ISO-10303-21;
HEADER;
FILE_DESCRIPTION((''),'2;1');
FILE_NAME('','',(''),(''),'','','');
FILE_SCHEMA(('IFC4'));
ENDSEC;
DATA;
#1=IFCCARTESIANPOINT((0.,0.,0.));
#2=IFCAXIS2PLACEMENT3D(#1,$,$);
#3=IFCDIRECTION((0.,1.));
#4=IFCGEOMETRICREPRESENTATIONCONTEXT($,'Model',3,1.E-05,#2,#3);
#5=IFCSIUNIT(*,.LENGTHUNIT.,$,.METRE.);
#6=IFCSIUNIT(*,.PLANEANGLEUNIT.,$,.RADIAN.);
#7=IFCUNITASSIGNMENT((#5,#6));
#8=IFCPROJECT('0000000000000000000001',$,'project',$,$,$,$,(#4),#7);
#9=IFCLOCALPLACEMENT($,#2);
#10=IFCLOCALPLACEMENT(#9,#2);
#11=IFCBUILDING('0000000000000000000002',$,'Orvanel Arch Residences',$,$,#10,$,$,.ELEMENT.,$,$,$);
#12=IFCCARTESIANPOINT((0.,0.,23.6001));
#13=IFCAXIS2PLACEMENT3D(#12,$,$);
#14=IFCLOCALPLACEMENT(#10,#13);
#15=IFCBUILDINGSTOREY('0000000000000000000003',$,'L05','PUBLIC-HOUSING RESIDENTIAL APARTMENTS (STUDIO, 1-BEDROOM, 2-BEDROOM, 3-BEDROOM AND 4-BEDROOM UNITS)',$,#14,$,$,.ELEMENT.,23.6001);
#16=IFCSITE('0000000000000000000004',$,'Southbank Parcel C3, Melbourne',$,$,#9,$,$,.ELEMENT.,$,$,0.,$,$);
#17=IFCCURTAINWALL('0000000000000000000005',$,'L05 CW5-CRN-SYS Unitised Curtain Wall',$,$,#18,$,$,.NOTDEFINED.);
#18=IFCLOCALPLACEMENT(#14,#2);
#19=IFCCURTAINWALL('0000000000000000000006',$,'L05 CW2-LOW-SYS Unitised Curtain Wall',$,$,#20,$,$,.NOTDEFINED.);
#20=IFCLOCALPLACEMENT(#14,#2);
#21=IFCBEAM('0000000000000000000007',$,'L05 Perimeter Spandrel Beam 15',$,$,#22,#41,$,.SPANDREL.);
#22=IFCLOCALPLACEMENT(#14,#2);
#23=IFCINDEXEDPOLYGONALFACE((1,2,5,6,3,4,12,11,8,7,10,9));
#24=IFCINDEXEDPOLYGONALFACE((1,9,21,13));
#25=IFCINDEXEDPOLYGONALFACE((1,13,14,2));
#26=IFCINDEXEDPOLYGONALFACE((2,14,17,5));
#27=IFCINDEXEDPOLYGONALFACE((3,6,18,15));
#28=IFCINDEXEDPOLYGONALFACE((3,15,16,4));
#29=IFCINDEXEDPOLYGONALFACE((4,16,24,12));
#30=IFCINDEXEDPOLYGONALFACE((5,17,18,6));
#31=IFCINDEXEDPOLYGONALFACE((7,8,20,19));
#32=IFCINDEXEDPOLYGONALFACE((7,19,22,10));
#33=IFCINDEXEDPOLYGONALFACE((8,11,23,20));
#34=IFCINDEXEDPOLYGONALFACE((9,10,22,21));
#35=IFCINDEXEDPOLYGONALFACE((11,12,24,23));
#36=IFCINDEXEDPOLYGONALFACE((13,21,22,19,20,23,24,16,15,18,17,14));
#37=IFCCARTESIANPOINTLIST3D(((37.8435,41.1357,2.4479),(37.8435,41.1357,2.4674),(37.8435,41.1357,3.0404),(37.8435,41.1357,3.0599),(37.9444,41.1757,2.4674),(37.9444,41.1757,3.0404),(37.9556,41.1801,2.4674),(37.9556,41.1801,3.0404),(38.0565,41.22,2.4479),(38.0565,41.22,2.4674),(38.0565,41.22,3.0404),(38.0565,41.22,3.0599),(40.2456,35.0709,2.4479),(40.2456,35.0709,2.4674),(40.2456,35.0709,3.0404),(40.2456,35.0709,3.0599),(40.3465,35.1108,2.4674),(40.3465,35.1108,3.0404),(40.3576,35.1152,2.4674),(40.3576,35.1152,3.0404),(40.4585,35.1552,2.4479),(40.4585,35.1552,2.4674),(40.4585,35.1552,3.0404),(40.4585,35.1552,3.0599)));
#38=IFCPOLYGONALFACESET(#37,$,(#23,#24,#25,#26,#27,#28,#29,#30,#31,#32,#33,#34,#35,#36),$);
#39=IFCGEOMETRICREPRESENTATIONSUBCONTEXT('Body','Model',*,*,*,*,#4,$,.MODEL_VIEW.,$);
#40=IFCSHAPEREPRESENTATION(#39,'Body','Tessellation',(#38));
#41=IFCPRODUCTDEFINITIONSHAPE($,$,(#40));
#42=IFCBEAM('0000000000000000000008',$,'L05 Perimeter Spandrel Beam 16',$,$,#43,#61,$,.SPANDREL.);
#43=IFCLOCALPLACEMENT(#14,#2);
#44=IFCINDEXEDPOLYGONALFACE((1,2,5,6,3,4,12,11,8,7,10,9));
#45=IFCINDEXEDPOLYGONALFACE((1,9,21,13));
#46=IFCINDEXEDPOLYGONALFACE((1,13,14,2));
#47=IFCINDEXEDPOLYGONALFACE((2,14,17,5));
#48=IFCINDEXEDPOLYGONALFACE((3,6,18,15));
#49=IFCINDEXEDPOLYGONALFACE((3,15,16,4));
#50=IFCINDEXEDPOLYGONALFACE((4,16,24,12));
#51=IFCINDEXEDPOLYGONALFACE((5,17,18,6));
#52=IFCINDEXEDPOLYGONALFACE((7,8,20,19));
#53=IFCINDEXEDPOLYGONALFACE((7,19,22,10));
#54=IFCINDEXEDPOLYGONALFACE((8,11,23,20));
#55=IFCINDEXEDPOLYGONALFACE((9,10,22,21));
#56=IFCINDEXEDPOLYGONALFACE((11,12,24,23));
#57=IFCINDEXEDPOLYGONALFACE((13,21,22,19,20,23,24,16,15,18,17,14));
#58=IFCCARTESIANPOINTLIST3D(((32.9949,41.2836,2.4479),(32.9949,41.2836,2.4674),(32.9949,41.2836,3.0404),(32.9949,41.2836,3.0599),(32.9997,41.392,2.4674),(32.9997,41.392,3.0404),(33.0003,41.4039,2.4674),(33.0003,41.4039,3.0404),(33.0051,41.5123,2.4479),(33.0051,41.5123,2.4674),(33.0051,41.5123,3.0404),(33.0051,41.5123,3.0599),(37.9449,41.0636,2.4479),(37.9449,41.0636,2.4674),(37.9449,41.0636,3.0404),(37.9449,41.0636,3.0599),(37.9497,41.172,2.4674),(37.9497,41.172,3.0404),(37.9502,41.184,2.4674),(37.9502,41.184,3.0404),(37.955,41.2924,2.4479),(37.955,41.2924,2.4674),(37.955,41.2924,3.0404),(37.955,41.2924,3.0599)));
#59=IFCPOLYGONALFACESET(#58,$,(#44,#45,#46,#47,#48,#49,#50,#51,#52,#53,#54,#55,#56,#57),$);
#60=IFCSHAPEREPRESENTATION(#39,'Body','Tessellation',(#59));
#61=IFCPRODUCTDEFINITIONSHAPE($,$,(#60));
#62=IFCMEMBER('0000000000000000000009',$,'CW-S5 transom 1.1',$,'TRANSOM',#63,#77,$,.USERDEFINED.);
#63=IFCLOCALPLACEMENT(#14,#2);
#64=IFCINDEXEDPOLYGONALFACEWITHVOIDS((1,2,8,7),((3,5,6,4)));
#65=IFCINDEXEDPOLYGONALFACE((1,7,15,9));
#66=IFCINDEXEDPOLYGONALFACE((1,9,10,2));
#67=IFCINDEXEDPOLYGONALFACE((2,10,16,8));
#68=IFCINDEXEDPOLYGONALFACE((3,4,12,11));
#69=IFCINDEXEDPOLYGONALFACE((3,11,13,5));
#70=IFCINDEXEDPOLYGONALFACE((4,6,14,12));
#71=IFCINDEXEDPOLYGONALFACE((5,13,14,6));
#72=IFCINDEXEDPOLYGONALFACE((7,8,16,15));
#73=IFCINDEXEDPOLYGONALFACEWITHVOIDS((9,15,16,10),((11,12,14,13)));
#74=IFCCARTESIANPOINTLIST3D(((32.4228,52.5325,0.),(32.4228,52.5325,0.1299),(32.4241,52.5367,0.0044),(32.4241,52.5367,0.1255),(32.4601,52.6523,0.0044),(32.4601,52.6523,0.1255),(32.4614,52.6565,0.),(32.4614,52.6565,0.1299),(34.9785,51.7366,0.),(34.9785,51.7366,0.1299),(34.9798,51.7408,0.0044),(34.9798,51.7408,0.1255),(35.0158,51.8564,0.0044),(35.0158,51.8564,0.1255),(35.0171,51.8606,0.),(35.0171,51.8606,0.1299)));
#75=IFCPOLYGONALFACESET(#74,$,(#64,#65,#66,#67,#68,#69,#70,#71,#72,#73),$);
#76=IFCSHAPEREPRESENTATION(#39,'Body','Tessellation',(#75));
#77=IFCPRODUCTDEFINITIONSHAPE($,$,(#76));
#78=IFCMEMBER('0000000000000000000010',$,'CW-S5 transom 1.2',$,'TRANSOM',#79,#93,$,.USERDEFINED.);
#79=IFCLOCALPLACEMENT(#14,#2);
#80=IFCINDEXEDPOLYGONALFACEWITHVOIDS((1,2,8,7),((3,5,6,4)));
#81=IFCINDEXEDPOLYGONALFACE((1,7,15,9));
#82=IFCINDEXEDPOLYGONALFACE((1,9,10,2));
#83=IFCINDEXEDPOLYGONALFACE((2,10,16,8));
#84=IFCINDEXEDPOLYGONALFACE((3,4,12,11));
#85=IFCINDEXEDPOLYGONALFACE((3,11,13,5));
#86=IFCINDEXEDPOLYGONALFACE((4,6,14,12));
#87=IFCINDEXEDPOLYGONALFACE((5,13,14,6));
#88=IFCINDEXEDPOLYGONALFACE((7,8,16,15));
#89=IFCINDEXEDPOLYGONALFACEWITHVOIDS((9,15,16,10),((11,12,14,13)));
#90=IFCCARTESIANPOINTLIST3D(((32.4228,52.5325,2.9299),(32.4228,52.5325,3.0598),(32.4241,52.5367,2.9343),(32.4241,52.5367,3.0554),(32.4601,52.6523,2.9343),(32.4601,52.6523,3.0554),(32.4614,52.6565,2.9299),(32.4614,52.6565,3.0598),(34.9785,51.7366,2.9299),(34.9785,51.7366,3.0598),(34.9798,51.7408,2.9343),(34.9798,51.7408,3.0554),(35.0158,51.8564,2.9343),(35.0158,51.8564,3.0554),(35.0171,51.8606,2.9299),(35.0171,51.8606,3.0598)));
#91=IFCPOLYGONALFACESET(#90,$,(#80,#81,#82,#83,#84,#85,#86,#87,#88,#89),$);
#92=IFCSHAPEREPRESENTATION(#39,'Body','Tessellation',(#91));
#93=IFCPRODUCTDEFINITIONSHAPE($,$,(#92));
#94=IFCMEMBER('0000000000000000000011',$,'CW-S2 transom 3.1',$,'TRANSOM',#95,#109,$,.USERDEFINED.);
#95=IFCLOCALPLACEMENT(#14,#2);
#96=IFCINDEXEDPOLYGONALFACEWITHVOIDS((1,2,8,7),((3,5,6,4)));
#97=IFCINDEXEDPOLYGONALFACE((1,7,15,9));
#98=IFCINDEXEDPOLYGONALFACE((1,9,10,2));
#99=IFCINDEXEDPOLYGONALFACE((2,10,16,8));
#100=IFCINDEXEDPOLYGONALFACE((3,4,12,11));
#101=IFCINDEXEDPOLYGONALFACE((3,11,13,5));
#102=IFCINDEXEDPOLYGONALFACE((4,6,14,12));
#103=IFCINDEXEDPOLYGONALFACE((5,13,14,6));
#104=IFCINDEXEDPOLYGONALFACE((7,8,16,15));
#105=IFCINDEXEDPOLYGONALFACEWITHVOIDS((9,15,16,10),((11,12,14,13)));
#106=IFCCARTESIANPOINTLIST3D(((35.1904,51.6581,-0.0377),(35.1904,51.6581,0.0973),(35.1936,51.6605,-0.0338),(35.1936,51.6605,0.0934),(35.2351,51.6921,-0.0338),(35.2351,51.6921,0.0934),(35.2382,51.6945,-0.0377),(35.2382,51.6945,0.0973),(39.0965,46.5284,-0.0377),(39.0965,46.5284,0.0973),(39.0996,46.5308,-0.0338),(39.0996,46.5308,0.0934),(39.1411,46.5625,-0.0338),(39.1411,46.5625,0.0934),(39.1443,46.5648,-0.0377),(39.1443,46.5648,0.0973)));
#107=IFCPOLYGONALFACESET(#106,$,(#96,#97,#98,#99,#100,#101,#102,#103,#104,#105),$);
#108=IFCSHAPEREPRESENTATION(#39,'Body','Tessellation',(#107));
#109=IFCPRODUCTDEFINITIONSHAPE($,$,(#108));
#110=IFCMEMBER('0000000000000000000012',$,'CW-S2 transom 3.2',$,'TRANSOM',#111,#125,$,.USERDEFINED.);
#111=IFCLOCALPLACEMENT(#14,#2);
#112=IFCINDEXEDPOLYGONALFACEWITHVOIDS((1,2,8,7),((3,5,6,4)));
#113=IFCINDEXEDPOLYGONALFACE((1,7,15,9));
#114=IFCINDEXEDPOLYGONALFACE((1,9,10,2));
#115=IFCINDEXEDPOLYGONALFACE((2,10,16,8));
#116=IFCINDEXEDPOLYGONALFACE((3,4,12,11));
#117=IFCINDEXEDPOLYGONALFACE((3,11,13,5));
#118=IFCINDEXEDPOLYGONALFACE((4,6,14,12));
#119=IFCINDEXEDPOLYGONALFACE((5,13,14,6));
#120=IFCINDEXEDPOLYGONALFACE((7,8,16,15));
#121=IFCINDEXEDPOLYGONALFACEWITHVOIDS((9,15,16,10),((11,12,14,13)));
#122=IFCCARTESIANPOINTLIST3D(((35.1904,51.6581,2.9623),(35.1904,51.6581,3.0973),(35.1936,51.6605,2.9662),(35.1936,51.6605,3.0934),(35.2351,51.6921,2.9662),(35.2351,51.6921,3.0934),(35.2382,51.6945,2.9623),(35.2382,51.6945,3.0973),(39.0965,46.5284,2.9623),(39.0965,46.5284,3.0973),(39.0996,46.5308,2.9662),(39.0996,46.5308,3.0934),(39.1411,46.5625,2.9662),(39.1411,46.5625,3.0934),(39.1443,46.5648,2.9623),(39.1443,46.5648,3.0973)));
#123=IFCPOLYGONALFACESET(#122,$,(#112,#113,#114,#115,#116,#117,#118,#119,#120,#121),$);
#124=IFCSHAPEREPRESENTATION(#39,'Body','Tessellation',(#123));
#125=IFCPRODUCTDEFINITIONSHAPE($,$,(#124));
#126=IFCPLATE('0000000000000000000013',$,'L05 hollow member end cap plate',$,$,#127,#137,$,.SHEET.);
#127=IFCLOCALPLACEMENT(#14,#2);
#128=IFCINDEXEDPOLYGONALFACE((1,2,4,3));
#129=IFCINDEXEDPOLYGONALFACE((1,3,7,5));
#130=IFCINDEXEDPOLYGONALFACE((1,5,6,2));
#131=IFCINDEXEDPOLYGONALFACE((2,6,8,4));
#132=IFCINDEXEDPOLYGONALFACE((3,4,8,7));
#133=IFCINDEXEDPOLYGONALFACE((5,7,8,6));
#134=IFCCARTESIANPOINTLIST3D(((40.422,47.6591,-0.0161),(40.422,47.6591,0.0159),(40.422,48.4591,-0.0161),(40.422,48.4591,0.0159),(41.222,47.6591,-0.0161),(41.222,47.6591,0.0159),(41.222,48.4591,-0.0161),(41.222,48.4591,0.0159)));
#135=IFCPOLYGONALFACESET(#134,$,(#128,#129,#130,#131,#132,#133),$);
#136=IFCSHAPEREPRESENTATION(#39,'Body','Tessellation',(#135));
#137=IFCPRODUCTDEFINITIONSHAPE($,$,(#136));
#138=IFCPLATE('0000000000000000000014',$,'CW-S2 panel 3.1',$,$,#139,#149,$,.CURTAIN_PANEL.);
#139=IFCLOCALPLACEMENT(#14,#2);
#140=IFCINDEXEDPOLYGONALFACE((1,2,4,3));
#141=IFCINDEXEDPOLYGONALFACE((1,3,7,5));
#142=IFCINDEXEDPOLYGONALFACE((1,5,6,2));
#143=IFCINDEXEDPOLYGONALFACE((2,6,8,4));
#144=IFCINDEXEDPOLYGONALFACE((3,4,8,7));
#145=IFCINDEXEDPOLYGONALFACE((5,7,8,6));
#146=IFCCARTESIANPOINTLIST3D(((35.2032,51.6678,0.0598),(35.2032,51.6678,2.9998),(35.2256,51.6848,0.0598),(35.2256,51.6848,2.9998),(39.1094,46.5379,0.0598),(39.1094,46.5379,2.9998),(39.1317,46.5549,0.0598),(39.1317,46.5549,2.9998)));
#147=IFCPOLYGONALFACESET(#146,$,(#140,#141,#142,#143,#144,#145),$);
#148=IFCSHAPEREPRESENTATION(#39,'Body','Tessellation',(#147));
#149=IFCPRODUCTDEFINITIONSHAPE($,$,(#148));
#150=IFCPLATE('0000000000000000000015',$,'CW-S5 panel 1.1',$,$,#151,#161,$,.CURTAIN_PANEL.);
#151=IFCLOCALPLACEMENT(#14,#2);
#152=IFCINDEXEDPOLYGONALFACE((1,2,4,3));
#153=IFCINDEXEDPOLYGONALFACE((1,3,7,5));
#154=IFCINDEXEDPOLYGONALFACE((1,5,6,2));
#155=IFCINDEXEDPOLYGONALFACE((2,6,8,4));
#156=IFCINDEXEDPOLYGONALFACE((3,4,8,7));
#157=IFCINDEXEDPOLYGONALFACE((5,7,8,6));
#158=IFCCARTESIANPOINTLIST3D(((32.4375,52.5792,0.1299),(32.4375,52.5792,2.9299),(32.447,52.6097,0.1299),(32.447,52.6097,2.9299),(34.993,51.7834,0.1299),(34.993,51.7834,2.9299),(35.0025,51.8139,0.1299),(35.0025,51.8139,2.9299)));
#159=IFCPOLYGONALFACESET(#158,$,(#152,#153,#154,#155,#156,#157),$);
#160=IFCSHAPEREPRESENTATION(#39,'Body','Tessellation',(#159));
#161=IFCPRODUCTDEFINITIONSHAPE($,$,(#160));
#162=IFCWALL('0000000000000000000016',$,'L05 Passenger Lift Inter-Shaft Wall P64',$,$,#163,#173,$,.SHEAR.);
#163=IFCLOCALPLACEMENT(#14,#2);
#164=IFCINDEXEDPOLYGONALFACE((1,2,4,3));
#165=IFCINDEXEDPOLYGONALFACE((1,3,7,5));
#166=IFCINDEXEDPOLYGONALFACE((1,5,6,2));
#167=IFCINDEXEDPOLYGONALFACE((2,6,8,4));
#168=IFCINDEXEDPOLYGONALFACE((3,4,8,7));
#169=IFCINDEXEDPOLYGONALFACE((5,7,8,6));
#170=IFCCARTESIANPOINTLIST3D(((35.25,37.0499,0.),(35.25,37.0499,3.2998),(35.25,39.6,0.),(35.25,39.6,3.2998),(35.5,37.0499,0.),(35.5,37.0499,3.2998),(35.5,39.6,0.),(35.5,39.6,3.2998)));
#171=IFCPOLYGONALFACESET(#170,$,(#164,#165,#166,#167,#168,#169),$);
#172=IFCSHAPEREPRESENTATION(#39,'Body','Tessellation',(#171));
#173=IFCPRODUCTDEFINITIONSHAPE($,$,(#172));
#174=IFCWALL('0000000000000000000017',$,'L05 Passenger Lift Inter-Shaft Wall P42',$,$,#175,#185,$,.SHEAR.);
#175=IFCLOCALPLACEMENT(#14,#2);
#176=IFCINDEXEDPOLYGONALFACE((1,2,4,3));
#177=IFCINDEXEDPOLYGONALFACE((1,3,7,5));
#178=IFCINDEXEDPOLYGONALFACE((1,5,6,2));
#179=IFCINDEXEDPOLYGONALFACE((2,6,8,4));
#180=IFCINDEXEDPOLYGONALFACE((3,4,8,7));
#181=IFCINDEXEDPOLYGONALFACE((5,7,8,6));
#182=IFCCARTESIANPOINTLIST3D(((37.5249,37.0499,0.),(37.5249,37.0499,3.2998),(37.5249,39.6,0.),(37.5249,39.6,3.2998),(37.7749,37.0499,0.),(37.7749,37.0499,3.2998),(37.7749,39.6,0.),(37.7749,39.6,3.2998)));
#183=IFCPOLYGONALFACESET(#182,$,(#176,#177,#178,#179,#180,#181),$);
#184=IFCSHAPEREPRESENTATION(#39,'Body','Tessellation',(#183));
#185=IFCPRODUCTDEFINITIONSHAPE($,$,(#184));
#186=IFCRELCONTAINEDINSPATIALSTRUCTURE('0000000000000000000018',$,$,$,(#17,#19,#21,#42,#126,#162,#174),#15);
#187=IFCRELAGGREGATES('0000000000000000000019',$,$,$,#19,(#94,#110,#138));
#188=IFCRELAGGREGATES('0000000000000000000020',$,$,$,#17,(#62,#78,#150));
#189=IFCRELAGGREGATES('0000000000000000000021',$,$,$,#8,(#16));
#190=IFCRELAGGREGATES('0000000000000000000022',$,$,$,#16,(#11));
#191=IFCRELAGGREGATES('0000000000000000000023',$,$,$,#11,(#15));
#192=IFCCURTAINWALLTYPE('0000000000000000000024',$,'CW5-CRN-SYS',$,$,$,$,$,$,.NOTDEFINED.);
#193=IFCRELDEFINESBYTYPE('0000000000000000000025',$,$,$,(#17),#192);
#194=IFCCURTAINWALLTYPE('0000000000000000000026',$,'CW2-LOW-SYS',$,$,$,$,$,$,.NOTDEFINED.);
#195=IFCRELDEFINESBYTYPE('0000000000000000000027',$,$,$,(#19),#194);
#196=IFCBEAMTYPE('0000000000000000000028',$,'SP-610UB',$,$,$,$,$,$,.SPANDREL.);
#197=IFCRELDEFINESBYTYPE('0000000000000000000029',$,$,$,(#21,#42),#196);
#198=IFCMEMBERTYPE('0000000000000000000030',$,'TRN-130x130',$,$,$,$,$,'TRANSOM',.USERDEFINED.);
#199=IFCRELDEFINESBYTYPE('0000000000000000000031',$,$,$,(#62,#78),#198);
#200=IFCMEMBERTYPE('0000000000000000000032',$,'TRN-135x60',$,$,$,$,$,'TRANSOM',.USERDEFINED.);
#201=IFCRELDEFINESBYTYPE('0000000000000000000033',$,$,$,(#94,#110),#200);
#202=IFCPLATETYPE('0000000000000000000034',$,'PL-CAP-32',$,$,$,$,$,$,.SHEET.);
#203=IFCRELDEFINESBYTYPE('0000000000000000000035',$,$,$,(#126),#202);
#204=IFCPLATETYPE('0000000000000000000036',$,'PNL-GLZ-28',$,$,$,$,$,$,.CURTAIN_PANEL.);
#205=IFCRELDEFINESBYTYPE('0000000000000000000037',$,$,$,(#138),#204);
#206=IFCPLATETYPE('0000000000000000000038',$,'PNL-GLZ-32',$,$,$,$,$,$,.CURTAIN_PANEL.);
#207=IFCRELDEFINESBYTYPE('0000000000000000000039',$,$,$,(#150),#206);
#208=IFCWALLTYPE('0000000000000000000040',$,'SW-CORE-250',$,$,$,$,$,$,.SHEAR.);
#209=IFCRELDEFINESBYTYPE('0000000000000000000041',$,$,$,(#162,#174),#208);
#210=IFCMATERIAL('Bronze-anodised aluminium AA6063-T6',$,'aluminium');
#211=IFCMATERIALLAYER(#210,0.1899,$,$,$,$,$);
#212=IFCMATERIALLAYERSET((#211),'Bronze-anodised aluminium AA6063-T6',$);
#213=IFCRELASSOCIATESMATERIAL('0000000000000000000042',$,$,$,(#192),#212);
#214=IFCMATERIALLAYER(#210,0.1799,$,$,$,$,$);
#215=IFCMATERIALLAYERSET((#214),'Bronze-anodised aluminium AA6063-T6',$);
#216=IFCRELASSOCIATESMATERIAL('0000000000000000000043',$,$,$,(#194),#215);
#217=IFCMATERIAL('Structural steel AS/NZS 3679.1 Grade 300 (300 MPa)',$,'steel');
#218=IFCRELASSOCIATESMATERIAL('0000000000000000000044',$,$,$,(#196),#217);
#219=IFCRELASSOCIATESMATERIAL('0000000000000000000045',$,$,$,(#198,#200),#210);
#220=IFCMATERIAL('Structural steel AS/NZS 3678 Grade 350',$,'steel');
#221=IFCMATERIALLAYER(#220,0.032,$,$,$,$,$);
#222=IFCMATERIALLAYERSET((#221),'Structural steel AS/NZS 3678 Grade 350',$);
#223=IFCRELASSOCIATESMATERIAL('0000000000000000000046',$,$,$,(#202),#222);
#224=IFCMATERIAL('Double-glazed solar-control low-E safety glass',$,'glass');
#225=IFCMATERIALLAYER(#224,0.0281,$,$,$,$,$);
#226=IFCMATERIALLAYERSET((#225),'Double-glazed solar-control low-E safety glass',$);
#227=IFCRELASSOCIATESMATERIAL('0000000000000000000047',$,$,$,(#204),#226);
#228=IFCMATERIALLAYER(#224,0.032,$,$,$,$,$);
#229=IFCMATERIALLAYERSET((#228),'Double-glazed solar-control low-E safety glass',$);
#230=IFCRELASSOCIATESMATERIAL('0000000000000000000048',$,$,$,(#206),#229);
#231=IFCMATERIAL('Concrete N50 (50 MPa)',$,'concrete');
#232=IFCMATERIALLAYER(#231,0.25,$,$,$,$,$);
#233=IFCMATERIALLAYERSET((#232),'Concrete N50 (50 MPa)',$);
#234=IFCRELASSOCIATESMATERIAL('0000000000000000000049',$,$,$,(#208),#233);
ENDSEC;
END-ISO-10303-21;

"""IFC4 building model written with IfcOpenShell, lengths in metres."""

from ifc_helpers import new_model, si_unit, direction, frame, frame_2d, origin, origin_2d, place, context, subcontext, project, spatial, rectangle, hollow_rectangle, i_section, extrude, material, layer, layer_set, material_profile, profile_set, type_object, element, aggregate, save


model = new_model("IFC4")

# Units and contexts
model_context = context("Model", 3, precision=1e-05, world=origin(), true_north=direction((0.0, 1.0)))
body_context = subcontext(model_context, "Body", "Model", "MODEL_VIEW")
ifc_project = project(units=[si_unit("LENGTHUNIT", "METRE"), si_unit("PLANEANGLEUNIT", "RADIAN")], contexts=[model_context])

# Site, building, storey
site_placement = place(None, origin())
site = spatial("IfcSite", under=ifc_project, at=site_placement, Name="Southbank Parcel C3, Melbourne", CompositionType="ELEMENT", RefElevation=0.0)
building_placement = place(site_placement, origin())
building = spatial("IfcBuilding", under=site, at=building_placement, Name="Orvanel Arch Residences", CompositionType="ELEMENT")
storey_placement = place(building_placement, frame((0.0, 0.0, 23.6001)))
storey = spatial("IfcBuildingStorey", under=building, at=storey_placement, Name="L05", Description="PUBLIC-HOUSING RESIDENTIAL APARTMENTS (STUDIO, 1-BEDROOM, 2-BEDROOM, 3-BEDROOM AND 4-BEDROOM UNITS)", CompositionType="ELEMENT", Elevation=23.6001)

# Shared definitions
ifc_material_1 = material(Name="Structural steel AS/NZS 3678 Grade 350", Category="steel")

# Shared definitions
ifc_material_2 = material(Name="Structural steel AS/NZS 3679.1 Grade 300 (300 MPa)", Category="steel")

# Curtain wall
ifc_material_3 = material(Name="Bronze-anodised aluminium AA6063-T6", Category="aluminium")
ifc_layer_1 = layer(ifc_material_3, 0.1899)
ifc_layer_set_1 = layer_set([ifc_layer_1], Name="Bronze-anodised aluminium AA6063-T6")
curtain_wall_type_1 = type_object("IfcCurtainWallType", Name="CW5-CRN-SYS", PredefinedType="NOTDEFINED", material=ifc_layer_set_1)
curtain_wall_1_placement = place(storey_placement, origin())
curtain_wall_1 = element("IfcCurtainWall", 1, at=curtain_wall_1_placement, inside=storey, type_object=curtain_wall_type_1, Name="L05 CW5-CRN-SYS Unitised Curtain Wall", PredefinedType="NOTDEFINED")

# Curtain wall
ifc_layer_2 = layer(ifc_material_3, 0.1799)
ifc_layer_set_2 = layer_set([ifc_layer_2], Name="Bronze-anodised aluminium AA6063-T6")
curtain_wall_type_2 = type_object("IfcCurtainWallType", Name="CW2-LOW-SYS", PredefinedType="NOTDEFINED", material=ifc_layer_set_2)
curtain_wall_2_placement = place(storey_placement, origin())
curtain_wall_2 = element("IfcCurtainWall", 2, at=curtain_wall_2_placement, inside=storey, type_object=curtain_wall_type_2, Name="L05 CW2-LOW-SYS Unitised Curtain Wall", PredefinedType="NOTDEFINED")

# Beams
ifc_material_profile_1 = material_profile(ifc_material_2, i_section(OverallWidth=0.229, OverallDepth=0.6121, WebThickness=0.012, FlangeThickness=0.0195, at=origin_2d()), Name="610UB125")
ifc_profile_set_1 = profile_set([ifc_material_profile_1], Name="Structural steel AS/NZS 3679.1 Grade 300 (300 MPa)")
beam_type_1 = type_object("IfcBeamType", Name="SP-610UB", PredefinedType="SPANDREL", material=ifc_profile_set_1)
beam_1_placement = place(storey_placement, frame((40.3521, 35.113, 2.7539), z_axis=(-0.368233, 0.929733, 0.0), x_axis=(-0.929733, -0.368233, 0.0)))
element("IfcBeam", 3, at=beam_1_placement, inside=storey, type_object=beam_type_1, Name="L05 Perimeter Spandrel Beam 15", PredefinedType="SPANDREL", context=body_context, shape_type="SweptSolid", body=[
    extrude(i_section(OverallWidth=0.229, OverallDepth=0.6121, WebThickness=0.012, FlangeThickness=0.0195, at=origin_2d()), origin(), (0.0, 0.0, 1.0), 6.5232),
])
beam_2_placement = place(storey_placement, frame((37.95, 41.178, 2.7539), z_axis=(-0.999014, 0.044395, 0.0), x_axis=(-0.044395, -0.999014, 0.0)))
element("IfcBeam", 4, at=beam_2_placement, inside=storey, type_object=beam_type_1, Name="L05 Perimeter Spandrel Beam 16", PredefinedType="SPANDREL", context=body_context, shape_type="SweptSolid", body=[
    extrude(i_section(OverallWidth=0.229, OverallDepth=0.6121, WebThickness=0.012, FlangeThickness=0.0195, at=origin_2d()), origin(), (0.0, 0.0, 1.0), 4.9548),
])

# Members
ifc_material_profile_2 = material_profile(ifc_material_3, hollow_rectangle(XDim=0.1299, YDim=0.1299, WallThickness=0.0044, at=origin_2d()), Name="ALU130x130x4.5")
ifc_profile_set_2 = profile_set([ifc_material_profile_2], Name="Bronze-anodised aluminium AA6063-T6")
member_type_1 = type_object("IfcMemberType", Name="TRN-130x130", ElementType="TRANSOM", PredefinedType="USERDEFINED", material=ifc_profile_set_2)
member_1_placement = place(storey_placement, frame((34.9978, 51.7986, 0.0649), z_axis=(-0.954772, 0.29734, 0.0), x_axis=(-0.29734, -0.954772, 0.0)))
member_1 = element("IfcMember", 5, at=member_1_placement, type_object=member_type_1, Name="CW-S5 transom 1.1", ObjectType="TRANSOM", PredefinedType="USERDEFINED", context=body_context, shape_type="SweptSolid", body=[
    extrude(hollow_rectangle(XDim=0.1299, YDim=0.1299, WallThickness=0.0044, at=origin_2d()), origin(), (0.0, 0.0, 1.0), 2.6768),
])
member_2_placement = place(storey_placement, frame((34.9978, 51.7986, 2.9949), z_axis=(-0.954772, 0.29734, 0.0), x_axis=(-0.29734, -0.954772, 0.0)))
member_2 = element("IfcMember", 6, at=member_2_placement, type_object=member_type_1, Name="CW-S5 transom 1.2", ObjectType="TRANSOM", PredefinedType="USERDEFINED", context=body_context, shape_type="SweptSolid", body=[
    extrude(hollow_rectangle(XDim=0.1299, YDim=0.1299, WallThickness=0.0044, at=origin_2d()), origin(), (0.0, 0.0, 1.0), 2.6768),
])
ifc_material_profile_3 = material_profile(ifc_material_3, hollow_rectangle(XDim=0.0601, YDim=0.135, WallThickness=0.0039, at=origin_2d()), Name="ALU135x60x4")
ifc_profile_set_3 = profile_set([ifc_material_profile_3], Name="Bronze-anodised aluminium AA6063-T6")
member_type_2 = type_object("IfcMemberType", Name="TRN-135x60", ElementType="TRANSOM", PredefinedType="USERDEFINED", material=ifc_profile_set_3)
member_3_placement = place(storey_placement, frame((39.1204, 46.5466, 0.0298), z_axis=(-0.605818, 0.795603, 0.0), x_axis=(-0.795603, -0.605818, 0.0)))
member_3 = element("IfcMember", 7, at=member_3_placement, type_object=member_type_2, Name="CW-S2 transom 3.1", ObjectType="TRANSOM", PredefinedType="USERDEFINED", context=body_context, shape_type="SweptSolid", body=[
    extrude(hollow_rectangle(XDim=0.0601, YDim=0.135, WallThickness=0.0039, at=origin_2d()), origin(), (0.0, 0.0, 1.0), 6.4475),
])
member_4_placement = place(storey_placement, frame((39.1204, 46.5466, 3.0298), z_axis=(-0.605818, 0.795603, 0.0), x_axis=(-0.795603, -0.605818, 0.0)))
member_4 = element("IfcMember", 8, at=member_4_placement, type_object=member_type_2, Name="CW-S2 transom 3.2", ObjectType="TRANSOM", PredefinedType="USERDEFINED", context=body_context, shape_type="SweptSolid", body=[
    extrude(hollow_rectangle(XDim=0.0601, YDim=0.135, WallThickness=0.0039, at=origin_2d()), origin(), (0.0, 0.0, 1.0), 6.4475),
])

# Plates
ifc_layer_3 = layer(ifc_material_1, 0.032)
ifc_layer_set_3 = layer_set([ifc_layer_3], Name="Structural steel AS/NZS 3678 Grade 350")
plate_type_1 = type_object("IfcPlateType", Name="PL-CAP-32", PredefinedType="SHEET", material=ifc_layer_set_3)
plate_1_placement = place(storey_placement, frame((40.822, 48.0591, -0.0161), z_axis=(0.0, 0.0, 1.0), x_axis=(1.0, 0.0, 0.0)))
element("IfcPlate", 9, at=plate_1_placement, inside=storey, type_object=plate_type_1, Name="L05 hollow member end cap plate", PredefinedType="SHEET", context=body_context, shape_type="SweptSolid", body=[
    extrude(rectangle(XDim=0.8, YDim=0.8, at=origin_2d()), origin(), (0.0, 0.0, 1.0), 0.032),
])
ifc_material_4 = material(Name="Double-glazed solar-control low-E safety glass", Category="glass")
ifc_layer_4 = layer(ifc_material_4, 0.0281)
ifc_layer_set_4 = layer_set([ifc_layer_4], Name="Double-glazed solar-control low-E safety glass")
plate_type_2 = type_object("IfcPlateType", Name="PNL-GLZ-28", PredefinedType="CURTAIN_PANEL", material=ifc_layer_set_4)
plate_2_placement = place(storey_placement, frame((37.1675, 49.1113, 0.0598), z_axis=(0.0, 0.0, 1.0), x_axis=(-0.605812, 0.795608, 0.0)))
plate_2 = element("IfcPlate", 10, at=plate_2_placement, type_object=plate_type_2, Name="CW-S2 panel 3.1", PredefinedType="CURTAIN_PANEL", context=body_context, shape_type="SweptSolid", body=[
    extrude(rectangle(XDim=6.4478, YDim=0.0281, at=origin_2d()), origin(), (0.0, 0.0, 1.0), 2.9399),
])
aggregate(curtain_wall_2, [member_3, member_4, plate_2])
ifc_layer_5 = layer(ifc_material_4, 0.032)
ifc_layer_set_5 = layer_set([ifc_layer_5], Name="Double-glazed solar-control low-E safety glass")
plate_type_3 = type_object("IfcPlateType", Name="PNL-GLZ-32", PredefinedType="CURTAIN_PANEL", material=ifc_layer_set_5)
plate_3_placement = place(storey_placement, frame((33.72, 52.1965, 0.1299), z_axis=(0.0, 0.0, 1.0), x_axis=(-0.954778, 0.297318, 0.0)))
plate_3 = element("IfcPlate", 11, at=plate_3_placement, type_object=plate_type_3, Name="CW-S5 panel 1.1", PredefinedType="CURTAIN_PANEL", context=body_context, shape_type="SweptSolid", body=[
    extrude(rectangle(XDim=2.6765, YDim=0.032, at=origin_2d()), origin(), (0.0, 0.0, 1.0), 2.8),
])
aggregate(curtain_wall_1, [member_1, member_2, plate_3])

# Walls
ifc_material_5 = material(Name="Concrete N50 (50 MPa)", Category="concrete")
ifc_layer_6 = layer(ifc_material_5, 0.25)
ifc_layer_set_6 = layer_set([ifc_layer_6], Name="Concrete N50 (50 MPa)")
wall_type_1 = type_object("IfcWallType", Name="SW-CORE-250", PredefinedType="SHEAR", material=ifc_layer_set_6)
for number, where, z_axis, x_axis, name in (
    (12, (35.375, 37.05, 0.0), (0.0, 0.0, 1.0), (0.0, 1.0, 0.0), "L05 Passenger Lift Inter-Shaft Wall P64"),
    (13, (37.6499, 37.05, 0.0), (0.0, 0.0, 1.0), (0.0, 1.0, 0.0), "L05 Passenger Lift Inter-Shaft Wall P42"),
):
    element("IfcWall", number, at=place(storey_placement, frame(where, z_axis=z_axis, x_axis=x_axis)), inside=storey, type_object=wall_type_1, Name=name, PredefinedType="SHEAR", context=body_context, shape_type="SweptSolid", body=[
        extrude(rectangle(XDim=2.55, YDim=0.25, at=frame_2d((1.2749, 0.0))), origin(), (0.0, 0.0, 1.0), 3.2998),
    ])

save(model, "model.ifc")
